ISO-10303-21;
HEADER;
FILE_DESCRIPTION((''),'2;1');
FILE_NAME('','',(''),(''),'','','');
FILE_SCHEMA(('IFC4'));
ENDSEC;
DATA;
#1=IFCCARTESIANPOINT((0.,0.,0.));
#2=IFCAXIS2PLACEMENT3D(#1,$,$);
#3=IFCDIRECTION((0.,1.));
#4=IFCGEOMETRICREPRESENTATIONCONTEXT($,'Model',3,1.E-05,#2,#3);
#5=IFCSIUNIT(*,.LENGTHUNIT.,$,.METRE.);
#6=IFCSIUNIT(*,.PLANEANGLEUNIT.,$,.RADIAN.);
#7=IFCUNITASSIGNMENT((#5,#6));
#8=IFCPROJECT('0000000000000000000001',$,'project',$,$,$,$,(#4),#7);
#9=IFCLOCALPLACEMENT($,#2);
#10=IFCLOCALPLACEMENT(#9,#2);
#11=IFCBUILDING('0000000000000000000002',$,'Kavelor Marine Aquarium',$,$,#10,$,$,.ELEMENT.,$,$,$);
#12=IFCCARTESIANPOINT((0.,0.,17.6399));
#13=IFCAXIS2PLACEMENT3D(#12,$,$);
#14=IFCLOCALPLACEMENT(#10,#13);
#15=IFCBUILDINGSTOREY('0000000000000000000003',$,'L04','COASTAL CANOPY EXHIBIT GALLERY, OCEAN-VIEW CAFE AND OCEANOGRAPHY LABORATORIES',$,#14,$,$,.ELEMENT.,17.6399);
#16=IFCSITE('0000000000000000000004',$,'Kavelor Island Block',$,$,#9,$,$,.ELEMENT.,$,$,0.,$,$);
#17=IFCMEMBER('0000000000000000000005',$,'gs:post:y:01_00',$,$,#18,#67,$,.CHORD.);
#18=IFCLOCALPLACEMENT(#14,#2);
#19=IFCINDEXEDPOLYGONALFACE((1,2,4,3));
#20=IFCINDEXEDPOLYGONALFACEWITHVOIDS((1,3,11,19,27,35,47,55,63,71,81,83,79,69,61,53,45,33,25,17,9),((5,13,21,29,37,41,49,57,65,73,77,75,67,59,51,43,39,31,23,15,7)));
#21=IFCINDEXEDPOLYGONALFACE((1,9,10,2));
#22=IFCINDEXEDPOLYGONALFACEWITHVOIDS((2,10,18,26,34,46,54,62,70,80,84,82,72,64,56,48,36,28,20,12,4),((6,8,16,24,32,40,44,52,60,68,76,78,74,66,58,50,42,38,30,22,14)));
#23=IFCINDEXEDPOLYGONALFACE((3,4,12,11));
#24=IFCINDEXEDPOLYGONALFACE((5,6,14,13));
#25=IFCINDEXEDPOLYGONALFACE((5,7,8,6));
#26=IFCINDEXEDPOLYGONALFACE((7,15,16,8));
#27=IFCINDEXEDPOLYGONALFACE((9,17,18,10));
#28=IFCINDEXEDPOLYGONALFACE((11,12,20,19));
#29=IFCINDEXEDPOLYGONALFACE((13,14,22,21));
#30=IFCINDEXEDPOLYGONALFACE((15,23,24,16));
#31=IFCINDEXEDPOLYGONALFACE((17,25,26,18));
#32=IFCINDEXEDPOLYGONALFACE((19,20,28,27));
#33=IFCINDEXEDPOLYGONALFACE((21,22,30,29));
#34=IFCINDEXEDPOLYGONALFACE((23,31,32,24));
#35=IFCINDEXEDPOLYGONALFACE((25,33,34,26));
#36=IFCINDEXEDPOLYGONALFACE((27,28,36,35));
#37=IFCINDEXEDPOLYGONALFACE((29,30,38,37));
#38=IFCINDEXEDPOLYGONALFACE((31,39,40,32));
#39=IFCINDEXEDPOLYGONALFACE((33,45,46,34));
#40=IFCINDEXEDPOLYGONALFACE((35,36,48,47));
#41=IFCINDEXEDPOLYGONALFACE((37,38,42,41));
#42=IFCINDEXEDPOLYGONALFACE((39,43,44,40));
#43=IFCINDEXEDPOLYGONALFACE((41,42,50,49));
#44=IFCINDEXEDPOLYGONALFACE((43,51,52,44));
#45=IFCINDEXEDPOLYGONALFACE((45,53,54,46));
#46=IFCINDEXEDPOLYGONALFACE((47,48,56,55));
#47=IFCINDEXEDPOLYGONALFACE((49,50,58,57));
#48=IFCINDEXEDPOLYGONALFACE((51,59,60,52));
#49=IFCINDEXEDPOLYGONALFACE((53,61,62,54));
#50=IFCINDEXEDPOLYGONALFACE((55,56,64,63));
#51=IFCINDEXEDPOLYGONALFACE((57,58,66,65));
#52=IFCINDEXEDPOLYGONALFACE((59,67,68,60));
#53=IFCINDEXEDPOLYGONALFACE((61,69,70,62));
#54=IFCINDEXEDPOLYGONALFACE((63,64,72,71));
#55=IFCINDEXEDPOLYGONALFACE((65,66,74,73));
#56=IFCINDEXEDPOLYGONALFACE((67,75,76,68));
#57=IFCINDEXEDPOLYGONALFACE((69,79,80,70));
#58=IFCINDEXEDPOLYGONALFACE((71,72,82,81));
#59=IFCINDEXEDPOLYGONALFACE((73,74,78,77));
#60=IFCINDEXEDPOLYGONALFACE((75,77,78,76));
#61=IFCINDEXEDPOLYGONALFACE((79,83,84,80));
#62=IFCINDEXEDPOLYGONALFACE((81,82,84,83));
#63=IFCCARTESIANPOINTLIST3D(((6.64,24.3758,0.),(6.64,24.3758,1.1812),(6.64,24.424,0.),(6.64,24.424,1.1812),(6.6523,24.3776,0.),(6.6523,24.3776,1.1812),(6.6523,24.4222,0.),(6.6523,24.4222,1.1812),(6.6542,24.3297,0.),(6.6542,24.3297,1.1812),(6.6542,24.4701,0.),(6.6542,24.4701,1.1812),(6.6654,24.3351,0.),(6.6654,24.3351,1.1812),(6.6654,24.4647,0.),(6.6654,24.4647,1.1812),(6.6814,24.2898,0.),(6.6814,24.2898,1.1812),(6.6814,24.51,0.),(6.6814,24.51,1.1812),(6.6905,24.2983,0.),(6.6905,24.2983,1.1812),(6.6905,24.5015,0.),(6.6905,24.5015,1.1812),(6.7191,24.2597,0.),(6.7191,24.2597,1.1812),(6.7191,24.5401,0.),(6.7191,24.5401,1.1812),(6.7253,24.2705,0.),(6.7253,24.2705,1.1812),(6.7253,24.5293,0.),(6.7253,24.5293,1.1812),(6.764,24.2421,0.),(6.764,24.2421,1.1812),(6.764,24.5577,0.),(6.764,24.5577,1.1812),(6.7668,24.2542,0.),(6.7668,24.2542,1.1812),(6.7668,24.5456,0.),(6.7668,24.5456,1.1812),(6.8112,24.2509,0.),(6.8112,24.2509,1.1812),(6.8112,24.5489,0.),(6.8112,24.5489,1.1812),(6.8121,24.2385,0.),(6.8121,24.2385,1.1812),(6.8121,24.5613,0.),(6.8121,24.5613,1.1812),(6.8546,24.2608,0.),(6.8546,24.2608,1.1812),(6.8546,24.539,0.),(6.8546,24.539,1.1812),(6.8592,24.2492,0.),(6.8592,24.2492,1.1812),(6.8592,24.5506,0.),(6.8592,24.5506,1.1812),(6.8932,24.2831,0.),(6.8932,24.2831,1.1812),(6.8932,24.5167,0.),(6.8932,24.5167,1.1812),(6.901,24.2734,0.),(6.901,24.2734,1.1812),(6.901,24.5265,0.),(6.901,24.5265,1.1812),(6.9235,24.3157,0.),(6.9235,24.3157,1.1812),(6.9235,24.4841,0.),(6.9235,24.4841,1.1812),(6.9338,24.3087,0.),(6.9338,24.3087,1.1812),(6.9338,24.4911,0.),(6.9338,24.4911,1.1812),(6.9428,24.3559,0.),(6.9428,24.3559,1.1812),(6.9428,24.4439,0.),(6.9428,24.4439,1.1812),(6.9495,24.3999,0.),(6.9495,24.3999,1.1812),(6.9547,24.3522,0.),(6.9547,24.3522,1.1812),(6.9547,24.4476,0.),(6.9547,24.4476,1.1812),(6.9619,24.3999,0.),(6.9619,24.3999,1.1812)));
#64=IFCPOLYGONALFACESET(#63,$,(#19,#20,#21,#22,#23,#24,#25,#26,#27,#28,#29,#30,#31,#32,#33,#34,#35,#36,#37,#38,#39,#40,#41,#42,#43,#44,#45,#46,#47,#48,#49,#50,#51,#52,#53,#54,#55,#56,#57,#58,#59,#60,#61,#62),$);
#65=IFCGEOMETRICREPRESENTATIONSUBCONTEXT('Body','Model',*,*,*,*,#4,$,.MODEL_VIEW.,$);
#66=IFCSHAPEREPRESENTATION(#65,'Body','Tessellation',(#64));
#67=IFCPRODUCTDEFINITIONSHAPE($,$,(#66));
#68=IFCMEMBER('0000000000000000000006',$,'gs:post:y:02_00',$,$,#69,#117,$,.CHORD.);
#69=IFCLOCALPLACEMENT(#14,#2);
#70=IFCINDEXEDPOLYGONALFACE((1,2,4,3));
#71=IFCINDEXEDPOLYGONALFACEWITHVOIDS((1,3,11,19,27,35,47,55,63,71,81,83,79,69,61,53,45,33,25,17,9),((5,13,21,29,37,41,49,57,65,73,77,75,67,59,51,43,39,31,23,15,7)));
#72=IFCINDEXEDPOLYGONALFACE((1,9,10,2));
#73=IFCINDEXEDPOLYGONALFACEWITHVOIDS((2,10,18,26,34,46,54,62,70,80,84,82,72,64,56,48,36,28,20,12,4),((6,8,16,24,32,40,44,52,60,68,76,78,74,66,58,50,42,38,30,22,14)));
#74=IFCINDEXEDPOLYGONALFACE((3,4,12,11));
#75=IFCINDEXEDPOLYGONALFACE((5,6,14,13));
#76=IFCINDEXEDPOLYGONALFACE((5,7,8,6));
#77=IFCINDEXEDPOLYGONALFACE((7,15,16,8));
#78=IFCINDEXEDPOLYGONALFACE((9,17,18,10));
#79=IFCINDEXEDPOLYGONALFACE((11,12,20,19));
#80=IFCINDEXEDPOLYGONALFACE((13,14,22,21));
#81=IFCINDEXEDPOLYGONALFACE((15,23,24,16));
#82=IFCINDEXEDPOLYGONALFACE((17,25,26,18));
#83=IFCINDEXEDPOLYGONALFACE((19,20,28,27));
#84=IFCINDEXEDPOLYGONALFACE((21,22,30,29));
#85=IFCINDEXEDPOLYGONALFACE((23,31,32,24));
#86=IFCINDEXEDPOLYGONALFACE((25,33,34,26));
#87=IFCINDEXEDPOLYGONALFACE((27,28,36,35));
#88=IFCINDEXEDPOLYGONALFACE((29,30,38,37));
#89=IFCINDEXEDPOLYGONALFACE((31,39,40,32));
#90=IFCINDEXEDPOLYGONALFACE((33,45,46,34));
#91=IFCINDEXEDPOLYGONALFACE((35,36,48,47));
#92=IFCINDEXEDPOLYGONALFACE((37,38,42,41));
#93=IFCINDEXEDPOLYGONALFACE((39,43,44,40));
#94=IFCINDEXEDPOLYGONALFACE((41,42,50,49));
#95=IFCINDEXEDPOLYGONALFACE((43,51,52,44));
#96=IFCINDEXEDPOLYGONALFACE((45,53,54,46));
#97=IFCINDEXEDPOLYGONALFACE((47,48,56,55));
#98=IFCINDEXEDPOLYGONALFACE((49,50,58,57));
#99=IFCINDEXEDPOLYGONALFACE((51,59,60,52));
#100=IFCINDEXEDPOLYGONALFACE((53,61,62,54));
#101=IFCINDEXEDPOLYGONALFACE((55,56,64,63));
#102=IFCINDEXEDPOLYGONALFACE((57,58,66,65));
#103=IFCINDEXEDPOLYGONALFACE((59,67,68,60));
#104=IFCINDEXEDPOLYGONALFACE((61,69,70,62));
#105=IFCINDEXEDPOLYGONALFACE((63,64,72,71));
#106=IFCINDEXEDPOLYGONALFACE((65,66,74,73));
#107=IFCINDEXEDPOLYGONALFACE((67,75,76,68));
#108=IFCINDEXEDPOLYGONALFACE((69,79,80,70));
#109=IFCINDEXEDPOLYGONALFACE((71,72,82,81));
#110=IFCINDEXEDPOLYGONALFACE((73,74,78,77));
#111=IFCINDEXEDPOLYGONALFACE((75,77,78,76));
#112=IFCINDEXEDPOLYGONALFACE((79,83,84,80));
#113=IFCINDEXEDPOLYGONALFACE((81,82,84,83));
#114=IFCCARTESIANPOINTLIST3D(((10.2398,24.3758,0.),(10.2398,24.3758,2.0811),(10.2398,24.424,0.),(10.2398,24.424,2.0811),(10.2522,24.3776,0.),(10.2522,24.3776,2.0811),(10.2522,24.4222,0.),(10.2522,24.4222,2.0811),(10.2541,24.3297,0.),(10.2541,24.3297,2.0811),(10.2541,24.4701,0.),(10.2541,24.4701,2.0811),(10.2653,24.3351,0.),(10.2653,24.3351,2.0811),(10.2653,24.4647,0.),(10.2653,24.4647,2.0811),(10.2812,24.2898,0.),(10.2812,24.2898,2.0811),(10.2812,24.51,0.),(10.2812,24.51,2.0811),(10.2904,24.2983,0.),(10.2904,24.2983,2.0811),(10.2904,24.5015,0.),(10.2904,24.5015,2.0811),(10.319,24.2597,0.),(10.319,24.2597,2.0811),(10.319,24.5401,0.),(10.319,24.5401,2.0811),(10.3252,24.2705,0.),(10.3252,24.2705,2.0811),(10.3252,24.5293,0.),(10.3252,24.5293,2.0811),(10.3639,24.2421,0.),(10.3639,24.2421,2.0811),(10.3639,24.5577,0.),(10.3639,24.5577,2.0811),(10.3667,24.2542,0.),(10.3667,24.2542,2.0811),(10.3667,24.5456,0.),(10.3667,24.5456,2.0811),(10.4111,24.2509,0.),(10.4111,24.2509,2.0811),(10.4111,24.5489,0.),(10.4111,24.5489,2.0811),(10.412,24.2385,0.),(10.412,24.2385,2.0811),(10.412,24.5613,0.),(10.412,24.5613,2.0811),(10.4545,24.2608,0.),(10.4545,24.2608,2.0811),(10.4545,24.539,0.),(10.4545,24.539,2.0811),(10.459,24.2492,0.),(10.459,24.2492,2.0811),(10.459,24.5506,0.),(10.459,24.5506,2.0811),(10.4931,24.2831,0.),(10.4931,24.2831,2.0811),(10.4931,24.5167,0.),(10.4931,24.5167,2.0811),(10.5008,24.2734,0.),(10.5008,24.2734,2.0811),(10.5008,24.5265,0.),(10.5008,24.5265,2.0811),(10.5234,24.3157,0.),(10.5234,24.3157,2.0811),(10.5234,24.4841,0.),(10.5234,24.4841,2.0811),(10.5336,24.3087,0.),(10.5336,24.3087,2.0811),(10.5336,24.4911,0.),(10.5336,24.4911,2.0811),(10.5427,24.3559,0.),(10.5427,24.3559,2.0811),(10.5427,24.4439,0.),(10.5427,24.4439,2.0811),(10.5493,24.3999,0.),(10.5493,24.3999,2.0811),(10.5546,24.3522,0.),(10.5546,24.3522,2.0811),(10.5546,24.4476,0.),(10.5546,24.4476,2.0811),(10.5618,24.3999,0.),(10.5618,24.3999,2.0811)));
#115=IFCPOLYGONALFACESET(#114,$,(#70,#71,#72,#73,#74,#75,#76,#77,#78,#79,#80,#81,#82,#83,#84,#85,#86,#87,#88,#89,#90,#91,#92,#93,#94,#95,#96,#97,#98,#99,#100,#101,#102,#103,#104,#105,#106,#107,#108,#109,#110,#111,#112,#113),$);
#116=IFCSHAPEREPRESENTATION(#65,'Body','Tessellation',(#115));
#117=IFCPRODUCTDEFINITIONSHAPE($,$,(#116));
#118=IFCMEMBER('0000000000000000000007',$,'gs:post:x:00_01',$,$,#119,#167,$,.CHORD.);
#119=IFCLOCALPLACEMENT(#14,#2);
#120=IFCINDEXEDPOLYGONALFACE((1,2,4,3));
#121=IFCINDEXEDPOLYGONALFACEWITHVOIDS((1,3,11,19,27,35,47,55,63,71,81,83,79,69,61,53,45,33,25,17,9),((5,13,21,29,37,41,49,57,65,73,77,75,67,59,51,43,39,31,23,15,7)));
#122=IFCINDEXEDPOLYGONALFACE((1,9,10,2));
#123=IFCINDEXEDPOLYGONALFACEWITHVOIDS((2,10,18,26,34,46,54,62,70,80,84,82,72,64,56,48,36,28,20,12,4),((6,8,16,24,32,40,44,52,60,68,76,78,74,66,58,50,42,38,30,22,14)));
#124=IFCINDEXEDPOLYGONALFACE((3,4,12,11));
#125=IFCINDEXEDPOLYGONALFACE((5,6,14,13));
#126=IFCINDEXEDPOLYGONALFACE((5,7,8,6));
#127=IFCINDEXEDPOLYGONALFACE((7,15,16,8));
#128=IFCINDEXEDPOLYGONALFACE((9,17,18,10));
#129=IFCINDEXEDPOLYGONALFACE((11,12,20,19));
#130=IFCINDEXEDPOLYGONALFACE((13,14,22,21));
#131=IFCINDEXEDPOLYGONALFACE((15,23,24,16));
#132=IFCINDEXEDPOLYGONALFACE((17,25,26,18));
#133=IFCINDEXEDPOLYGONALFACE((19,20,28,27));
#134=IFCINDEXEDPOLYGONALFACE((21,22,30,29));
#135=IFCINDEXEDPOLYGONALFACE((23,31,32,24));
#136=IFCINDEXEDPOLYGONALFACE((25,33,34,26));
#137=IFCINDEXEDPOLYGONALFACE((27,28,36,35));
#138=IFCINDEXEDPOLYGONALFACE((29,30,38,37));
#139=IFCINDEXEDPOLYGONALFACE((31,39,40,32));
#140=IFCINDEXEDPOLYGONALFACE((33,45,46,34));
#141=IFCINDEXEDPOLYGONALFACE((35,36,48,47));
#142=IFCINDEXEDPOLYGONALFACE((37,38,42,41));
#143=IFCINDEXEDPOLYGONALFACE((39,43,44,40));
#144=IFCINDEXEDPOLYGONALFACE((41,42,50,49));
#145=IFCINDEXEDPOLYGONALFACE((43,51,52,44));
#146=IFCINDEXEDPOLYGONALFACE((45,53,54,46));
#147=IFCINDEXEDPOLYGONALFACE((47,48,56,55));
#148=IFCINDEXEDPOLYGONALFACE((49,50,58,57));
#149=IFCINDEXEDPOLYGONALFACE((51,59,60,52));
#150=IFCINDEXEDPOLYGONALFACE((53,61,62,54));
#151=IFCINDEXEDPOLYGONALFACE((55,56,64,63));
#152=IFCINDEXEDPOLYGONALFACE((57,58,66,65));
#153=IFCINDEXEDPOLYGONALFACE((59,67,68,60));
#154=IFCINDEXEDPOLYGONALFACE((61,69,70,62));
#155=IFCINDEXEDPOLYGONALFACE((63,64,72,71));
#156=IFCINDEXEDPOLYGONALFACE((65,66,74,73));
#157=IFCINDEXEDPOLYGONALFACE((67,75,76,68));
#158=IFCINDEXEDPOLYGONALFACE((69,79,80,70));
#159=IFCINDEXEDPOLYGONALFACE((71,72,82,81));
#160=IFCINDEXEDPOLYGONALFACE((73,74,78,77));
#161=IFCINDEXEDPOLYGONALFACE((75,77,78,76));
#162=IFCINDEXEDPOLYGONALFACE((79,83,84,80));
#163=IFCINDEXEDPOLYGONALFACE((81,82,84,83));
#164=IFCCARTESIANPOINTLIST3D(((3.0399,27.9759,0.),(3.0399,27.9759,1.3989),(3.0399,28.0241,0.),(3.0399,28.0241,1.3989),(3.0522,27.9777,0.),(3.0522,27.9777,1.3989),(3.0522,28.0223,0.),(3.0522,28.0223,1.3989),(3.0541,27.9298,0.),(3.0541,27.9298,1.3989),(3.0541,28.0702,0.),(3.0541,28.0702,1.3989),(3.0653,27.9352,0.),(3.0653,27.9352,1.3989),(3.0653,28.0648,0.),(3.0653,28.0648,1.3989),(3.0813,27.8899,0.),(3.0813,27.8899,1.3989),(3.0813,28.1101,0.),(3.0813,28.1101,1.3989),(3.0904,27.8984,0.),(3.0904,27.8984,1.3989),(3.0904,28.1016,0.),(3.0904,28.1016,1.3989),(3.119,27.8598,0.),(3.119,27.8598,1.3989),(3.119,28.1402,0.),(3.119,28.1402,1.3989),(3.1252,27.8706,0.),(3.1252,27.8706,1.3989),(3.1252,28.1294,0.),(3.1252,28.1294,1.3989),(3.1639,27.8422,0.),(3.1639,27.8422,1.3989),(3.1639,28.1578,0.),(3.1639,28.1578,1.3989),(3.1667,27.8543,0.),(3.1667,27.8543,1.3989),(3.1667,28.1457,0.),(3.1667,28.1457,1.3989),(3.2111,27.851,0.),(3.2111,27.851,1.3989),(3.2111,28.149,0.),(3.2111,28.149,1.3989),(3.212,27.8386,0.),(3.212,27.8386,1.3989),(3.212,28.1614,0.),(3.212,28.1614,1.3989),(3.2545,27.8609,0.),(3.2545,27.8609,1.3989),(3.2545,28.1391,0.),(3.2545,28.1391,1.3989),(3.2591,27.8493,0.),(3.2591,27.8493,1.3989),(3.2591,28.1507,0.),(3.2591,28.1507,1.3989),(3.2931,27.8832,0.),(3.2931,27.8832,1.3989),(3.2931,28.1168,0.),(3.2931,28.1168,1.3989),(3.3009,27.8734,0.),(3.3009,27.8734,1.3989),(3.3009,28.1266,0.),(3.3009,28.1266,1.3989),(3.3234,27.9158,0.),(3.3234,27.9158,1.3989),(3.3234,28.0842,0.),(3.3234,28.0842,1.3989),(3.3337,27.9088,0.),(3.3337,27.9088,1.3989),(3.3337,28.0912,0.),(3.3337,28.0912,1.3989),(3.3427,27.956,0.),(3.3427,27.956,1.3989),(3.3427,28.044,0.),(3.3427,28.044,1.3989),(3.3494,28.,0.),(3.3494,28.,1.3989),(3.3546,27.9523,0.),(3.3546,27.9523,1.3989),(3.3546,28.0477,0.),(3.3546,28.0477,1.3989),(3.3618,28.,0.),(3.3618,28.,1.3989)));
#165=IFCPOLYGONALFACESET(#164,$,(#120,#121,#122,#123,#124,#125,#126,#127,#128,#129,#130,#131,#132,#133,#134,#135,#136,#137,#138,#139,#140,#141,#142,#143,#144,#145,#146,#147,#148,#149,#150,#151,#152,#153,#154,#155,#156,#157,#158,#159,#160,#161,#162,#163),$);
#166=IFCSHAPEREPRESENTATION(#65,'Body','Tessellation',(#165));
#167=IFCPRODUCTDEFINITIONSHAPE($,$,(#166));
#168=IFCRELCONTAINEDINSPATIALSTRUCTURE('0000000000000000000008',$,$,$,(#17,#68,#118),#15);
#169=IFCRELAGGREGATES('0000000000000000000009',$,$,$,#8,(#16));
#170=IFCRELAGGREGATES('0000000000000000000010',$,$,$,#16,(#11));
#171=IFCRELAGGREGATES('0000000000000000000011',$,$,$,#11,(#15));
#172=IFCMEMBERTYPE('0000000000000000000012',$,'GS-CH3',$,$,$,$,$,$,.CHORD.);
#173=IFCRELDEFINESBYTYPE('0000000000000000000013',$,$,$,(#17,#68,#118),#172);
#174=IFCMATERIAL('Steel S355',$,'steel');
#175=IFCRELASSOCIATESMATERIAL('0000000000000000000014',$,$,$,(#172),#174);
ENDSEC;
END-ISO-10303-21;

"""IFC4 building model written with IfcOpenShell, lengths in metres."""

from ifc_helpers import new_model, si_unit, direction, frame, origin, origin_2d, place, context, subcontext, project, spatial, hollow_circle, extrude, material, material_profile, profile_set, type_object, element, save


model = new_model("IFC4")

# Units and contexts
model_context = context("Model", 3, precision=1e-05, world=origin(), true_north=direction((0.0, 1.0)))
body_context = subcontext(model_context, "Body", "Model", "MODEL_VIEW")
ifc_project = project(units=[si_unit("LENGTHUNIT", "METRE"), si_unit("PLANEANGLEUNIT", "RADIAN")], contexts=[model_context])

# Site, building, storey
site_placement = place(None, origin())
site = spatial("IfcSite", under=ifc_project, at=site_placement, Name="Kavelor Island Block", CompositionType="ELEMENT", RefElevation=0.0)
building_placement = place(site_placement, origin())
building = spatial("IfcBuilding", under=site, at=building_placement, Name="Kavelor Marine Aquarium", CompositionType="ELEMENT")
storey_placement = place(building_placement, frame((0.0, 0.0, 17.6399)))
storey = spatial("IfcBuildingStorey", under=building, at=storey_placement, Name="L04", Description="COASTAL CANOPY EXHIBIT GALLERY, OCEAN-VIEW CAFE AND OCEANOGRAPHY LABORATORIES", CompositionType="ELEMENT", Elevation=17.6399)

# Members
ifc_material_1 = material(Name="Steel S355", Category="steel")
ifc_material_profile_1 = material_profile(ifc_material_1, hollow_circle(Radius=0.1619, WallThickness=0.0125, at=origin_2d()), Name="CHS 323.9x12.5")
ifc_profile_set_1 = profile_set([ifc_material_profile_1], Name="Steel S355")
member_type_1 = type_object("IfcMemberType", Name="GS-CH3", PredefinedType="CHORD", material=ifc_profile_set_1)
member_1_placement = place(storey_placement, frame((6.8, 24.3999, 0.0), z_axis=(0.0, 0.0, 1.0), x_axis=(1.0, 0.0, 0.0)))
element("IfcMember", 1, at=member_1_placement, inside=storey, type_object=member_type_1, Name="gs:post:y:01_00", PredefinedType="CHORD", context=body_context, shape_type="SweptSolid", body=[
    extrude(hollow_circle(Radius=0.1619, WallThickness=0.0125, at=origin_2d()), origin(), (0.0, 0.0, 1.0), 1.1812),
])
member_2_placement = place(storey_placement, frame((10.3999, 24.3999, 0.0), z_axis=(0.0, 0.0, 1.0), x_axis=(1.0, 0.0, 0.0)))
element("IfcMember", 2, at=member_2_placement, inside=storey, type_object=member_type_1, Name="gs:post:y:02_00", PredefinedType="CHORD", context=body_context, shape_type="SweptSolid", body=[
    extrude(hollow_circle(Radius=0.1619, WallThickness=0.0125, at=origin_2d()), origin(), (0.0, 0.0, 1.0), 2.0811),
])
member_3_placement = place(storey_placement, frame((3.2, 28.0, 0.0), z_axis=(0.0, 0.0, 1.0), x_axis=(1.0, 0.0, 0.0)))
element("IfcMember", 3, at=member_3_placement, inside=storey, type_object=member_type_1, Name="gs:post:x:00_01", PredefinedType="CHORD", context=body_context, shape_type="SweptSolid", body=[
    extrude(hollow_circle(Radius=0.1619, WallThickness=0.0125, at=origin_2d()), origin(), (0.0, 0.0, 1.0), 1.3989),
])

save(model, "model.ifc")
